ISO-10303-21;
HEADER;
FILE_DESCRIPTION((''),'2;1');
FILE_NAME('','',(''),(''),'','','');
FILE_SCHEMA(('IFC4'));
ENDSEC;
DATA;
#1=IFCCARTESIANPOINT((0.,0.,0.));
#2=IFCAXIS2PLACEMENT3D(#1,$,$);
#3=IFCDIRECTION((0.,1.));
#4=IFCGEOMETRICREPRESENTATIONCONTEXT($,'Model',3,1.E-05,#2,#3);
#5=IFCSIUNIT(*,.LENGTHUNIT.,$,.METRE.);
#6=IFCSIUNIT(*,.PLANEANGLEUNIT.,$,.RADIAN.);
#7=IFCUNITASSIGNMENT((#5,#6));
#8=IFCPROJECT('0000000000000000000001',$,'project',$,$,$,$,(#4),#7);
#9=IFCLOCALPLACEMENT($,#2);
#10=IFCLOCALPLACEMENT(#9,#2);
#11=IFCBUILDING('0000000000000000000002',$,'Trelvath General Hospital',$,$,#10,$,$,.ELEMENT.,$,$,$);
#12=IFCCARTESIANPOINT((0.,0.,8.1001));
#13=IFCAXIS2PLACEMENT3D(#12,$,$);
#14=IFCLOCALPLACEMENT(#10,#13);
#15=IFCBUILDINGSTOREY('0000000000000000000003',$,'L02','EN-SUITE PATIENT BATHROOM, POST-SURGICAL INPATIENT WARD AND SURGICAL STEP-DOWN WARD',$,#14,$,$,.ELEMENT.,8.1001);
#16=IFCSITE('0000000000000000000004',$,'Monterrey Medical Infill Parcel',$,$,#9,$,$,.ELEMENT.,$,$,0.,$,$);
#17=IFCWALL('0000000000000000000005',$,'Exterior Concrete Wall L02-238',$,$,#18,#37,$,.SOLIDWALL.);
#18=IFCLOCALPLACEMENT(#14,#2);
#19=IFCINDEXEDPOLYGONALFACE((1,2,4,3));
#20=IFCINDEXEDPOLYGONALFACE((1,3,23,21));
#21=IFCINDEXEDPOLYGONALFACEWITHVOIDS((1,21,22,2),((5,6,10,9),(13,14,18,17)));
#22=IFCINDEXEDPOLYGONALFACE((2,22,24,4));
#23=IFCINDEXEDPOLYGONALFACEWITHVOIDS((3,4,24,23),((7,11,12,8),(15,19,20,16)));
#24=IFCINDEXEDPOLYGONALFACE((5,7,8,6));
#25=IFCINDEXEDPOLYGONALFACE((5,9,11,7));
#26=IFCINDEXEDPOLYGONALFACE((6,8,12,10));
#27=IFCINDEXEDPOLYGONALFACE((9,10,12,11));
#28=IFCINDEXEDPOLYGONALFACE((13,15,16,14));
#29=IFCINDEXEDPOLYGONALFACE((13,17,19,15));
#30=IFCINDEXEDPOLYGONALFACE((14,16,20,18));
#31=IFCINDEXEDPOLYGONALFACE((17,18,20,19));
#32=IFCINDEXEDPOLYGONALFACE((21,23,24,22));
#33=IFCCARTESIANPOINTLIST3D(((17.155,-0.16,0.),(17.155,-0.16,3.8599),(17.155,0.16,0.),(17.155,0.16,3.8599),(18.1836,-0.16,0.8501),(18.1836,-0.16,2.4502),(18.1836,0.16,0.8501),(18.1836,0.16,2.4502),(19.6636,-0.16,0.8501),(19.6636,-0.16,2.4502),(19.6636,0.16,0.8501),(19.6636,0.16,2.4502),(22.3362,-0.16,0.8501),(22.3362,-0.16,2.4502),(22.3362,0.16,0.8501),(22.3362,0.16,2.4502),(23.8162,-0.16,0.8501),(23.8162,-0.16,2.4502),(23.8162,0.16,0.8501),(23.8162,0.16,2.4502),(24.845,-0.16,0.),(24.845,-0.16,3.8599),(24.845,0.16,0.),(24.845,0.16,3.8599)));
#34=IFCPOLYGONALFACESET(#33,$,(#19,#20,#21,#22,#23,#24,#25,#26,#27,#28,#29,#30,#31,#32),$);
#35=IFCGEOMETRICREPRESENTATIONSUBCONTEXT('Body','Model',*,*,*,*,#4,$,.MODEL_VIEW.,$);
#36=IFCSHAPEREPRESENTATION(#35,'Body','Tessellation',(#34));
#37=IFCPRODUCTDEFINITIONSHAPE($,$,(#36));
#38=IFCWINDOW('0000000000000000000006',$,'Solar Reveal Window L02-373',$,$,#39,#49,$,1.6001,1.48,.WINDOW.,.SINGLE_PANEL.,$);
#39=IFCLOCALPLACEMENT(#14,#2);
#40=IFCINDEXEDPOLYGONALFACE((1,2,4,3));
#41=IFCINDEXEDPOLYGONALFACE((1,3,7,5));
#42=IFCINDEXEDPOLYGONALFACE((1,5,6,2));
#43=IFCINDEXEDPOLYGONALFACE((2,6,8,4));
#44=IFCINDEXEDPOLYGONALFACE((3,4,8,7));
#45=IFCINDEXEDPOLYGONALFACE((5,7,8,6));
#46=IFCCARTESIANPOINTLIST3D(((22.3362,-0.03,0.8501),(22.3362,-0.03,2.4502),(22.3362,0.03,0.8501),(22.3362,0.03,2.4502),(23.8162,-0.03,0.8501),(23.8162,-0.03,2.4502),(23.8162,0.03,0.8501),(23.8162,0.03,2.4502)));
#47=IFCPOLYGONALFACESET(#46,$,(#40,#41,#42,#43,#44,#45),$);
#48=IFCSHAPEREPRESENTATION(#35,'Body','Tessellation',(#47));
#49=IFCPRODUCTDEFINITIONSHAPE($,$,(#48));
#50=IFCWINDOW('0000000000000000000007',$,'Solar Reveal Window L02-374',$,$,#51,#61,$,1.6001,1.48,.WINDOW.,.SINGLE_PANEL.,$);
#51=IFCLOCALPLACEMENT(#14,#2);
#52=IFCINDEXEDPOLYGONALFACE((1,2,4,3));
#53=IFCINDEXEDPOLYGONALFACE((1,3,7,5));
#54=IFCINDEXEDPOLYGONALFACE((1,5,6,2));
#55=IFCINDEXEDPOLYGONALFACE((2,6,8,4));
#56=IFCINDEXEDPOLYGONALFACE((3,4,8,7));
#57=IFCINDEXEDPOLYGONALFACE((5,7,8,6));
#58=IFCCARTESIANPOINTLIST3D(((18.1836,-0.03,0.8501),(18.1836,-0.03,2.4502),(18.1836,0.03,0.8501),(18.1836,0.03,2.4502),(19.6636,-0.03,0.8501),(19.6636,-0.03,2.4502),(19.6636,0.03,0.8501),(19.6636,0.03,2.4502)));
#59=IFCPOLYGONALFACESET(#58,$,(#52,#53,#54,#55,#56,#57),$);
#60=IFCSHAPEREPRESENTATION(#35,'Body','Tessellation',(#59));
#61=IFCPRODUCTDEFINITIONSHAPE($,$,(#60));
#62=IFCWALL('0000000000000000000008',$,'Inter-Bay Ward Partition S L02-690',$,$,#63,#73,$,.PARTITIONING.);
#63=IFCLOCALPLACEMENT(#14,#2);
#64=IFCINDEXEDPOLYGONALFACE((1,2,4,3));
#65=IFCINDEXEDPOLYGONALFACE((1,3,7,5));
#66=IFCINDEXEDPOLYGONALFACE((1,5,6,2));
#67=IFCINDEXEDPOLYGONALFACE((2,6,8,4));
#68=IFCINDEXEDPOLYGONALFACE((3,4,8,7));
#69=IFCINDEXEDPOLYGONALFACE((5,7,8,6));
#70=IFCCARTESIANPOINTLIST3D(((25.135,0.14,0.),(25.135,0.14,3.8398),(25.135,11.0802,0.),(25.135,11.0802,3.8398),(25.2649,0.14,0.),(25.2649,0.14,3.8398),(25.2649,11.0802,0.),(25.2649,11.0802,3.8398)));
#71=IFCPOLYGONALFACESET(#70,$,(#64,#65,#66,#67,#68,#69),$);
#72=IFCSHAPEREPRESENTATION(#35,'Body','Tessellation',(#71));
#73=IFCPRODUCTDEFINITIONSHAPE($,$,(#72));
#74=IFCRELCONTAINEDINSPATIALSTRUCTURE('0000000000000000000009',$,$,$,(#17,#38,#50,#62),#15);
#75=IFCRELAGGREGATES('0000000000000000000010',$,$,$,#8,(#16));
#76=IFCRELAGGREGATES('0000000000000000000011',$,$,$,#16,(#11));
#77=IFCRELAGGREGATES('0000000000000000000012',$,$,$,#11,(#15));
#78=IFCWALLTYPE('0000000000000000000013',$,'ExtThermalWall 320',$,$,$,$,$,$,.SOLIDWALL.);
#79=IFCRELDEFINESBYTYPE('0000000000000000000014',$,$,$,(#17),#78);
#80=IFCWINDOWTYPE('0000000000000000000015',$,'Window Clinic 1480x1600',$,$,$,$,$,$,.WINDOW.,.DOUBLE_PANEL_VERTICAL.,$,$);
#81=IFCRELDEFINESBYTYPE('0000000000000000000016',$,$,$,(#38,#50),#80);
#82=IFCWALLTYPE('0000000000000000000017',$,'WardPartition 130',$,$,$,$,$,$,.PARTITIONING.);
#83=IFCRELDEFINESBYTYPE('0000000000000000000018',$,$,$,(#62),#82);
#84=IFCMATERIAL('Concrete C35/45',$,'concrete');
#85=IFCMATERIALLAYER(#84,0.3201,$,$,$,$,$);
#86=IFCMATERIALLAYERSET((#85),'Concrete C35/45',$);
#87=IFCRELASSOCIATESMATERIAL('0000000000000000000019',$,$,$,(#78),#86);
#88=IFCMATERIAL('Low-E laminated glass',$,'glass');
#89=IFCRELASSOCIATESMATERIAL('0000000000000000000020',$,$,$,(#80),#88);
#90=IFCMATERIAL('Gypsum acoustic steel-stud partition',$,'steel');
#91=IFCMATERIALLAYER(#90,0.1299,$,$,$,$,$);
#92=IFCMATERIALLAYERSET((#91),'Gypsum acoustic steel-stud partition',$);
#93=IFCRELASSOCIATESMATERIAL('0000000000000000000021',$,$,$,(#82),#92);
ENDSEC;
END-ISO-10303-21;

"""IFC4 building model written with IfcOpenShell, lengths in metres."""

from ifc_helpers import new_model, si_unit, direction, frame, frame_2d, origin, place, context, subcontext, project, spatial, rectangle, extrude, material, layer, layer_set, type_object, element, fill, save


model = new_model("IFC4")

# Units and contexts
model_context = context("Model", 3, precision=1e-05, world=origin(), true_north=direction((0.0, 1.0)))
body_context = subcontext(model_context, "Body", "Model", "MODEL_VIEW")
ifc_project = project(units=[si_unit("LENGTHUNIT", "METRE"), si_unit("PLANEANGLEUNIT", "RADIAN")], contexts=[model_context])

# Site, building, storey
site_placement = place(None, origin())
site = spatial("IfcSite", under=ifc_project, at=site_placement, Name="Monterrey Medical Infill Parcel", CompositionType="ELEMENT", RefElevation=0.0)
building_placement = place(site_placement, origin())
building = spatial("IfcBuilding", under=site, at=building_placement, Name="Trelvath General Hospital", CompositionType="ELEMENT")
storey_placement = place(building_placement, frame((0.0, 0.0, 8.1001)))
storey = spatial("IfcBuildingStorey", under=building, at=storey_placement, Name="L02", Description="EN-SUITE PATIENT BATHROOM, POST-SURGICAL INPATIENT WARD AND SURGICAL STEP-DOWN WARD", CompositionType="ELEMENT", Elevation=8.1001)

# Wall, openings, windows
ifc_material_1 = material(Name="Concrete C35/45", Category="concrete")
ifc_layer_1 = layer(ifc_material_1, 0.3201)
ifc_layer_set_1 = layer_set([ifc_layer_1], Name="Concrete C35/45")
wall_type_1 = type_object("IfcWallType", Name="ExtThermalWall 320", PredefinedType="SOLIDWALL", material=ifc_layer_set_1)
wall_1_placement = place(storey_placement, frame((24.845, 0.0, 0.0), z_axis=(0.0, 0.0, 1.0), x_axis=(-1.0, 0.0, 0.0)))
wall_1 = element("IfcWall", 1, at=wall_1_placement, inside=storey, type_object=wall_type_1, Name="Exterior Concrete Wall L02-238", PredefinedType="SOLIDWALL", context=body_context, shape_type="SweptSolid", body=[
    extrude(rectangle(XDim=7.6899, YDim=0.3201, at=frame_2d((3.845, 0.0))), origin(), (0.0, 0.0, 1.0), 3.8599),
])
opening_1_placement = place(wall_1_placement, frame((1.0288, 0.0, 0.8501)))
opening_1 = element("IfcOpeningElement", 2, at=opening_1_placement, cuts=wall_1, PredefinedType="OPENING", context=body_context, shape_type="SweptSolid", body=[
    extrude(rectangle(XDim=1.48, YDim=1.6001, at=frame_2d((0.74, 0.8))), frame((0.0, 0.1699, 0.0), z_axis=(0.0, -1.0, 0.0), x_axis=(1.0, 0.0, 0.0)), (0.0, 0.0, 1.0), 0.3401),
])
opening_2_placement = place(wall_1_placement, frame((5.1814, 0.0, 0.8501)))
opening_2 = element("IfcOpeningElement", 3, at=opening_2_placement, cuts=wall_1, PredefinedType="OPENING", context=body_context, shape_type="SweptSolid", body=[
    extrude(rectangle(XDim=1.48, YDim=1.6001, at=frame_2d((0.74, 0.8))), frame((0.0, 0.1699, 0.0), z_axis=(0.0, -1.0, 0.0), x_axis=(1.0, 0.0, 0.0)), (0.0, 0.0, 1.0), 0.3401),
])
ifc_material_2 = material(Name="Low-E laminated glass", Category="glass")
window_type = type_object("IfcWindowType", Name="Window Clinic 1480x1600", PartitioningType="DOUBLE_PANEL_VERTICAL", PredefinedType="WINDOW", material=ifc_material_2)
window_1_placement = place(opening_1_placement, origin())
window_1 = element("IfcWindow", 4, at=window_1_placement, inside=storey, type_object=window_type, Name="Solar Reveal Window L02-373", OverallHeight=1.6001, OverallWidth=1.48, PartitioningType="SINGLE_PANEL", PredefinedType="WINDOW", context=body_context, shape_type="SweptSolid", body=[
    extrude(rectangle(XDim=1.48, YDim=1.6001, at=frame_2d((0.74, 0.8))), frame((0.0, 0.03, 0.0), z_axis=(0.0, -1.0, 0.0), x_axis=(1.0, 0.0, 0.0)), (0.0, 0.0, 1.0), 0.0601),
])
fill(opening_1, window_1)
window_2_placement = place(opening_2_placement, origin())
window_2 = element("IfcWindow", 5, at=window_2_placement, inside=storey, type_object=window_type, Name="Solar Reveal Window L02-374", OverallHeight=1.6001, OverallWidth=1.48, PartitioningType="SINGLE_PANEL", PredefinedType="WINDOW", context=body_context, shape_type="SweptSolid", body=[
    extrude(rectangle(XDim=1.48, YDim=1.6001, at=frame_2d((0.74, 0.8))), frame((0.0, 0.03, 0.0), z_axis=(0.0, -1.0, 0.0), x_axis=(1.0, 0.0, 0.0)), (0.0, 0.0, 1.0), 0.0601),
])
fill(opening_2, window_2)

# Wall
ifc_material_3 = material(Name="Gypsum acoustic steel-stud partition", Category="steel")
ifc_layer_2 = layer(ifc_material_3, 0.1299)
ifc_layer_set_2 = layer_set([ifc_layer_2], Name="Gypsum acoustic steel-stud partition")
wall_type_2 = type_object("IfcWallType", Name="WardPartition 130", PredefinedType="PARTITIONING", material=ifc_layer_set_2)
wall_2_placement = place(storey_placement, frame((25.2, 0.1399, 0.0), z_axis=(0.0, 0.0, 1.0), x_axis=(0.0, 1.0, 0.0)))
element("IfcWall", 6, at=wall_2_placement, inside=storey, type_object=wall_type_2, Name="Inter-Bay Ward Partition S L02-690", PredefinedType="PARTITIONING", context=body_context, shape_type="SweptSolid", body=[
    extrude(rectangle(XDim=10.9402, YDim=0.1299, at=frame_2d((5.4702, 0.0))), origin(), (0.0, 0.0, 1.0), 3.8398),
])

save(model, "model.ifc")
